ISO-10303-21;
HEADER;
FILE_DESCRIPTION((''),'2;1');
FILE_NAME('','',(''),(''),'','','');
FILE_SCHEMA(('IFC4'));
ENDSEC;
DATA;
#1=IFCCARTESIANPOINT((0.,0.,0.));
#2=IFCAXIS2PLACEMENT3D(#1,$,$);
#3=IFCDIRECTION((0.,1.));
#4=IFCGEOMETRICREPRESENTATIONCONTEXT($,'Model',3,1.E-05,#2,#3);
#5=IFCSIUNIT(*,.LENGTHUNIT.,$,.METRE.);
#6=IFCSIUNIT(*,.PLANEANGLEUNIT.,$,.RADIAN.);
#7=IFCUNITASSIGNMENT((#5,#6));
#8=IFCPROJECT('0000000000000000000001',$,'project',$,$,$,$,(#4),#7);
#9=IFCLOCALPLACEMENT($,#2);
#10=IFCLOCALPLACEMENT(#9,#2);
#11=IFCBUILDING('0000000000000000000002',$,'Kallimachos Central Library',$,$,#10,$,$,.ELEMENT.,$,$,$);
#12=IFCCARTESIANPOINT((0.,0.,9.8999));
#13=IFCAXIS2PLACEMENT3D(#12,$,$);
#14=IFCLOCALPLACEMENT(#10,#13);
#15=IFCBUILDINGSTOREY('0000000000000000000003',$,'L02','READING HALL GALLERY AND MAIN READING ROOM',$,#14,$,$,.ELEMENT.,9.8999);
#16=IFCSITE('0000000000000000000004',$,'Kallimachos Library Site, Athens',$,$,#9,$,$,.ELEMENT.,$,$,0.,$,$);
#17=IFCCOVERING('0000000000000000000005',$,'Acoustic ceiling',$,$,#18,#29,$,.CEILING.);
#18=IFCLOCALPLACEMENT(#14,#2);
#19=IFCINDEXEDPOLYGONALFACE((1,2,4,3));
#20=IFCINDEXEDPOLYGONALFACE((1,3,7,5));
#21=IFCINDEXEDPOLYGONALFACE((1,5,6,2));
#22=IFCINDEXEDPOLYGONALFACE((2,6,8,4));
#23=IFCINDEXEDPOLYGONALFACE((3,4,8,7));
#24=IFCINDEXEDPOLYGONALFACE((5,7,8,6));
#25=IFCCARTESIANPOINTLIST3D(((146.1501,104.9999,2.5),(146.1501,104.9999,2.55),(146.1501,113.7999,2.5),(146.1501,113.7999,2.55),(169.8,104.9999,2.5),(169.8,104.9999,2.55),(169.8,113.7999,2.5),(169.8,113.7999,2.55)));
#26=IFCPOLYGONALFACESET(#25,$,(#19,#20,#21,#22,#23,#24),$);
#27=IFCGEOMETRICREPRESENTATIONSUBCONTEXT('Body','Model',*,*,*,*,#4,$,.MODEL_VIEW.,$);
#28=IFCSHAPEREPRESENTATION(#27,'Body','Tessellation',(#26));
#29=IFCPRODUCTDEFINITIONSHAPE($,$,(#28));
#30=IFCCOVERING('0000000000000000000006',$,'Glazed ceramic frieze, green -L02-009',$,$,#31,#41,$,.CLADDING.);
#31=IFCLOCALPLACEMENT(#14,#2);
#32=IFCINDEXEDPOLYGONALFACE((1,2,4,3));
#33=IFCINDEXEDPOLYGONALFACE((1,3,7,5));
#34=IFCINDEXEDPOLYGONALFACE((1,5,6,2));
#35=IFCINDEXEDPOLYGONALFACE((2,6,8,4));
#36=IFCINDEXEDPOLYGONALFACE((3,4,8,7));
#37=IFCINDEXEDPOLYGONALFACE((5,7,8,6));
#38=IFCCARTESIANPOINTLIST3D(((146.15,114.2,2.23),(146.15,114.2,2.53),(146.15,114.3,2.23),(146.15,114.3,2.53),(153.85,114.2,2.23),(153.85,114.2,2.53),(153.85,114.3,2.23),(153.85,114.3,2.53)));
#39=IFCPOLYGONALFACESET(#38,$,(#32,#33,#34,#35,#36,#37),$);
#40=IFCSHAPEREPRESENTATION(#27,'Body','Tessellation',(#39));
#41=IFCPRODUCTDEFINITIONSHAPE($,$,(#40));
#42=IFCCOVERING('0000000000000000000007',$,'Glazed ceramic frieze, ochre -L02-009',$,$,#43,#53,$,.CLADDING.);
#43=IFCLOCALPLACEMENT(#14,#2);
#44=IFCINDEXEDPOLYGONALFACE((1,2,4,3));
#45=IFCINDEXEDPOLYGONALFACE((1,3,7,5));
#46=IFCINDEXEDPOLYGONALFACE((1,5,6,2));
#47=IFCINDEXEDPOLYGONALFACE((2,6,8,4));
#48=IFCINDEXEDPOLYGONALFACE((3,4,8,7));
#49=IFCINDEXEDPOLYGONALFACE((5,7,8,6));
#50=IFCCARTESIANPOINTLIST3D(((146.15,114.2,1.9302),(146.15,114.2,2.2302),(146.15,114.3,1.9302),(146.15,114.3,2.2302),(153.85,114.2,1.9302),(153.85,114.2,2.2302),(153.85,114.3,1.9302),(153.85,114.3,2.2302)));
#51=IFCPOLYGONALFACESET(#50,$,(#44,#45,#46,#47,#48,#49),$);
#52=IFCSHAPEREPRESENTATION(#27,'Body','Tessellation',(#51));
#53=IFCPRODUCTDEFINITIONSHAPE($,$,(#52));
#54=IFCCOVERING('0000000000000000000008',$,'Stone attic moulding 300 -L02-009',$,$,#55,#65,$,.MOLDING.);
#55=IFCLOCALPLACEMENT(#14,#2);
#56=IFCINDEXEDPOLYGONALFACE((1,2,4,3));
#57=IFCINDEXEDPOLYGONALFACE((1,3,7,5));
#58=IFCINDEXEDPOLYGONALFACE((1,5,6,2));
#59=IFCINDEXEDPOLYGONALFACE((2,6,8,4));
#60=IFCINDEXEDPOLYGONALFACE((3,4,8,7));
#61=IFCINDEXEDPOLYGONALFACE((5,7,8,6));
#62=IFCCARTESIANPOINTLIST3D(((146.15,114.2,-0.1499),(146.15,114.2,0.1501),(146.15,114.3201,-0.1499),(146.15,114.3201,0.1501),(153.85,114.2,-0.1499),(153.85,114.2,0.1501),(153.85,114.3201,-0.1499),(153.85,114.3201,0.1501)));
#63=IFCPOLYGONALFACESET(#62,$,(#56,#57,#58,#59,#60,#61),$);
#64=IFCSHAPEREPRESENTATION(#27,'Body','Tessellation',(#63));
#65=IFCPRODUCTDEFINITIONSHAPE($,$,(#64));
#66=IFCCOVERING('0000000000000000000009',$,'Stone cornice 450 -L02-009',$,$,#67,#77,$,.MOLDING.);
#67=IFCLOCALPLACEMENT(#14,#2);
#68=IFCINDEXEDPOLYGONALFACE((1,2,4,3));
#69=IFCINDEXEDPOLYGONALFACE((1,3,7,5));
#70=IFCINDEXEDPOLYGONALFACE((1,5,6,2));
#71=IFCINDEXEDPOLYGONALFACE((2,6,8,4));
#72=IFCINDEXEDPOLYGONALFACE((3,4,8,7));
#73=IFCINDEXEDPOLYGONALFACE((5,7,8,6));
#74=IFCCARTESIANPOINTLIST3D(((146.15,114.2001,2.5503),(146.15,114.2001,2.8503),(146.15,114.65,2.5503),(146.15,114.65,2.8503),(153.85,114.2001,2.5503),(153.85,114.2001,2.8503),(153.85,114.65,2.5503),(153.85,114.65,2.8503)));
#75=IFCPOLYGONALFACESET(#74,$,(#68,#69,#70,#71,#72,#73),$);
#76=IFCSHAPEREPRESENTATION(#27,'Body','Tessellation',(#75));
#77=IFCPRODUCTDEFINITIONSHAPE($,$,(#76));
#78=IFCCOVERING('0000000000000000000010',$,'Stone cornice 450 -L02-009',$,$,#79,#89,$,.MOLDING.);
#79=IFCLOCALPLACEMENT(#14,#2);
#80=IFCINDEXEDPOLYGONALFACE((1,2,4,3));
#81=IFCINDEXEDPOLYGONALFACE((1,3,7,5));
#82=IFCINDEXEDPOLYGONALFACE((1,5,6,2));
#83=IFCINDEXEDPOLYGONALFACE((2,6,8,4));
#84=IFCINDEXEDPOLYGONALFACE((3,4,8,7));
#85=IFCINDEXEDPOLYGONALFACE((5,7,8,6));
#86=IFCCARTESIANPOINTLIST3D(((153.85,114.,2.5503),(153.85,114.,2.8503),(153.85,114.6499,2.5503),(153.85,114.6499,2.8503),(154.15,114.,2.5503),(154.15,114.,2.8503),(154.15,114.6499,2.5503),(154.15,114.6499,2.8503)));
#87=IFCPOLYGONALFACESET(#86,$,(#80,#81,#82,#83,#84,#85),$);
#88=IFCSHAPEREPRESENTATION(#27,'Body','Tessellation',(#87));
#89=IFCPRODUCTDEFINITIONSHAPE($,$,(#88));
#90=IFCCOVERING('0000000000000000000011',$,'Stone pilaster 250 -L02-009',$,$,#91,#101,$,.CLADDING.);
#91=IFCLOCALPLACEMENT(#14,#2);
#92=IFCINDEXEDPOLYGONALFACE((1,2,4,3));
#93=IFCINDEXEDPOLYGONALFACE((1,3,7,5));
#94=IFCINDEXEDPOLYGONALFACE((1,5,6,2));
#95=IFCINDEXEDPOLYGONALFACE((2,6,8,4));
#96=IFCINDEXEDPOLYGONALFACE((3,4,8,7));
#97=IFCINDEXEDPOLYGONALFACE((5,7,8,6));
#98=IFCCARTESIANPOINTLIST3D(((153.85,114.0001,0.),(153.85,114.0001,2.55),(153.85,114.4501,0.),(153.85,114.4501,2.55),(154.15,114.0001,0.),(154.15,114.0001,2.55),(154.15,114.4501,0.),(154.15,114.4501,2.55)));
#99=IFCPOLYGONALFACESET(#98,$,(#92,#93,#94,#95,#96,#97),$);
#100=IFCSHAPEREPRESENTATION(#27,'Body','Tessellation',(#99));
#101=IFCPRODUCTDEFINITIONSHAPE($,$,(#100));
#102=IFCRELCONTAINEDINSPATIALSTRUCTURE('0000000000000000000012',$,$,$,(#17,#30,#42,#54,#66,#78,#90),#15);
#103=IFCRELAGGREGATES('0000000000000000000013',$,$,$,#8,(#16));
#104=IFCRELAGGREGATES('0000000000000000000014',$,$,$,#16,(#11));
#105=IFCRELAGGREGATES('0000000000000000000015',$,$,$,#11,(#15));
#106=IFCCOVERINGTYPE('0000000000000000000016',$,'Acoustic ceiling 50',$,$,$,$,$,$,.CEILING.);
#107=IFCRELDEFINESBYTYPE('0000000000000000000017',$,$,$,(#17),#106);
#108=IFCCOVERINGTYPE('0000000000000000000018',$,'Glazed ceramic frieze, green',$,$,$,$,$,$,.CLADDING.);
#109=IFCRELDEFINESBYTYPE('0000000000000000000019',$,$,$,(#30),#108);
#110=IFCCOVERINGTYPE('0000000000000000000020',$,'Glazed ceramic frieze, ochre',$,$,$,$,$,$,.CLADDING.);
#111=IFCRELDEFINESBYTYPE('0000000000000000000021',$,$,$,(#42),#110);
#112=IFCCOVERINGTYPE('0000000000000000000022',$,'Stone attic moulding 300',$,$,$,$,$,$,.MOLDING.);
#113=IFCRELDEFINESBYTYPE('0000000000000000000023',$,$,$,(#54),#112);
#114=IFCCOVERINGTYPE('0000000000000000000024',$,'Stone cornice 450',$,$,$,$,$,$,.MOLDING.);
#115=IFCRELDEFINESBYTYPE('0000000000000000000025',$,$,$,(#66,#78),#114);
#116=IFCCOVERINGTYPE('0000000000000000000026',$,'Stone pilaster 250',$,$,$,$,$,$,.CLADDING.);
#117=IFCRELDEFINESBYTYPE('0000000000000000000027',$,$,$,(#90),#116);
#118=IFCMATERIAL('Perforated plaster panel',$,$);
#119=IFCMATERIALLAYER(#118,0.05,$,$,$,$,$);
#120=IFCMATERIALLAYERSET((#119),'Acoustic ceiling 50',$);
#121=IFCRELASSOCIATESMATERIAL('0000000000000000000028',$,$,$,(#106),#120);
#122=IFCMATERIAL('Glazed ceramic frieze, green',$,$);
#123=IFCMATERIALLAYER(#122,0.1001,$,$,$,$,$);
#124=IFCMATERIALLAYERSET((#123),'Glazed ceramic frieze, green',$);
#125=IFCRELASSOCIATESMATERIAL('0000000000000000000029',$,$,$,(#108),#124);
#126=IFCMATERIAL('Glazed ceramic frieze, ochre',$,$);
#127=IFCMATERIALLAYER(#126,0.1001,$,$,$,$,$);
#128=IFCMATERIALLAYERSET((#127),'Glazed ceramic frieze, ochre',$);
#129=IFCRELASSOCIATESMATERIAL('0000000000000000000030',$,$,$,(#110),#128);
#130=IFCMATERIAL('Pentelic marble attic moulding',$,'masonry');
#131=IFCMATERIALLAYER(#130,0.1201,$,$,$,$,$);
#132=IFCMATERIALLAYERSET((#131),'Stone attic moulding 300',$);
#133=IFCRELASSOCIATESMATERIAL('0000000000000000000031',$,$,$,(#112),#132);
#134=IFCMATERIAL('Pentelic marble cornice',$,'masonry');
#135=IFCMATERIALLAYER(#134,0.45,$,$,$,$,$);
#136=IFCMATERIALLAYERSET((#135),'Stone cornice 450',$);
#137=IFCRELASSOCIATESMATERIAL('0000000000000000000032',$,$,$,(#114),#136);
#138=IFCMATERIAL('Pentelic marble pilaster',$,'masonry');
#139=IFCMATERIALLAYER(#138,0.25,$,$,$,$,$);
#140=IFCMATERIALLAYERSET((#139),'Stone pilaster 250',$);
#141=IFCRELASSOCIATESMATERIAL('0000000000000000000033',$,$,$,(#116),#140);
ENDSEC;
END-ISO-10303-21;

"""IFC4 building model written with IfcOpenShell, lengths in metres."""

from ifc_helpers import new_model, si_unit, direction, frame, origin, origin_2d, place, context, subcontext, project, spatial, rectangle, extrude, material, layer, layer_set, type_object, element, save


model = new_model("IFC4")

# Units and contexts
model_context = context("Model", 3, precision=1e-05, world=origin(), true_north=direction((0.0, 1.0)))
body_context = subcontext(model_context, "Body", "Model", "MODEL_VIEW")
ifc_project = project(units=[si_unit("LENGTHUNIT", "METRE"), si_unit("PLANEANGLEUNIT", "RADIAN")], contexts=[model_context])

# Site, building, storey
site_placement = place(None, origin())
site = spatial("IfcSite", under=ifc_project, at=site_placement, Name="Kallimachos Library Site, Athens", CompositionType="ELEMENT", RefElevation=0.0)
building_placement = place(site_placement, origin())
building = spatial("IfcBuilding", under=site, at=building_placement, Name="Kallimachos Central Library", CompositionType="ELEMENT")
storey_placement = place(building_placement, frame((0.0, 0.0, 9.8999)))
storey = spatial("IfcBuildingStorey", under=building, at=storey_placement, Name="L02", Description="READING HALL GALLERY AND MAIN READING ROOM", CompositionType="ELEMENT", Elevation=9.8999)

# Coverings
ifc_material_1 = material(Name="Perforated plaster panel")
ifc_layer_1 = layer(ifc_material_1, 0.05)
ifc_layer_set_1 = layer_set([ifc_layer_1], Name="Acoustic ceiling 50")
covering_type_1 = type_object("IfcCoveringType", Name="Acoustic ceiling 50", PredefinedType="CEILING", material=ifc_layer_set_1)
covering_1_placement = place(storey_placement, frame((157.9751, 109.3999, 2.5), z_axis=(0.0, 0.0, 1.0), x_axis=(1.0, 0.0, 0.0)))
element("IfcCovering", 1, at=covering_1_placement, inside=storey, type_object=covering_type_1, Name="Acoustic ceiling", PredefinedType="CEILING", context=body_context, shape_type="SweptSolid", body=[
    extrude(rectangle(XDim=23.6499, YDim=8.8, at=origin_2d()), origin(), (0.0, 0.0, 1.0), 0.05),
])
ifc_material_2 = material(Name="Glazed ceramic frieze, green")
ifc_layer_2 = layer(ifc_material_2, 0.1001)
ifc_layer_set_2 = layer_set([ifc_layer_2], Name="Glazed ceramic frieze, green")
covering_type_2 = type_object("IfcCoveringType", Name="Glazed ceramic frieze, green", PredefinedType="CLADDING", material=ifc_layer_set_2)
covering_2_placement = place(storey_placement, frame((150.0, 114.25, 2.23), z_axis=(0.0, 0.0, 1.0), x_axis=(1.0, 0.0, 0.0)))
element("IfcCovering", 2, at=covering_2_placement, inside=storey, type_object=covering_type_2, Name="Glazed ceramic frieze, green -L02-009", PredefinedType="CLADDING", context=body_context, shape_type="SweptSolid", body=[
    extrude(rectangle(XDim=7.7, YDim=0.1001, at=origin_2d()), origin(), (0.0, 0.0, 1.0), 0.3),
])
ifc_material_3 = material(Name="Glazed ceramic frieze, ochre")
ifc_layer_3 = layer(ifc_material_3, 0.1001)
ifc_layer_set_3 = layer_set([ifc_layer_3], Name="Glazed ceramic frieze, ochre")
covering_type_3 = type_object("IfcCoveringType", Name="Glazed ceramic frieze, ochre", PredefinedType="CLADDING", material=ifc_layer_set_3)
covering_3_placement = place(storey_placement, frame((150.0, 114.25, 1.9302), z_axis=(0.0, 0.0, 1.0), x_axis=(1.0, 0.0, 0.0)))
element("IfcCovering", 3, at=covering_3_placement, inside=storey, type_object=covering_type_3, Name="Glazed ceramic frieze, ochre -L02-009", PredefinedType="CLADDING", context=body_context, shape_type="SweptSolid", body=[
    extrude(rectangle(XDim=7.7, YDim=0.1001, at=origin_2d()), origin(), (0.0, 0.0, 1.0), 0.3),
])
ifc_material_4 = material(Name="Pentelic marble attic moulding", Category="masonry")
ifc_layer_4 = layer(ifc_material_4, 0.1201)
ifc_layer_set_4 = layer_set([ifc_layer_4], Name="Stone attic moulding 300")
covering_type_4 = type_object("IfcCoveringType", Name="Stone attic moulding 300", PredefinedType="MOLDING", material=ifc_layer_set_4)
covering_4_placement = place(storey_placement, frame((150.0, 114.26, -0.1499), z_axis=(0.0, 0.0, 1.0), x_axis=(1.0, 0.0, 0.0)))
element("IfcCovering", 4, at=covering_4_placement, inside=storey, type_object=covering_type_4, Name="Stone attic moulding 300 -L02-009", PredefinedType="MOLDING", context=body_context, shape_type="SweptSolid", body=[
    extrude(rectangle(XDim=7.7, YDim=0.1201, at=origin_2d()), origin(), (0.0, 0.0, 1.0), 0.3),
])
ifc_material_5 = material(Name="Pentelic marble cornice", Category="masonry")
ifc_layer_5 = layer(ifc_material_5, 0.45)
ifc_layer_set_5 = layer_set([ifc_layer_5], Name="Stone cornice 450")
covering_type_5 = type_object("IfcCoveringType", Name="Stone cornice 450", PredefinedType="MOLDING", material=ifc_layer_set_5)
covering_5_placement = place(storey_placement, frame((150.0, 114.425, 2.5503), z_axis=(0.0, 0.0, 1.0), x_axis=(1.0, 0.0, 0.0)))
element("IfcCovering", 5, at=covering_5_placement, inside=storey, type_object=covering_type_5, Name="Stone cornice 450 -L02-009", PredefinedType="MOLDING", context=body_context, shape_type="SweptSolid", body=[
    extrude(rectangle(XDim=7.7, YDim=0.45, at=origin_2d()), origin(), (0.0, 0.0, 1.0), 0.3),
])
covering_6_placement = place(storey_placement, frame((154.0, 114.325, 2.5503), z_axis=(0.0, 0.0, 1.0), x_axis=(1.0, 0.0, 0.0)))
element("IfcCovering", 6, at=covering_6_placement, inside=storey, type_object=covering_type_5, Name="Stone cornice 450 -L02-009", PredefinedType="MOLDING", context=body_context, shape_type="SweptSolid", body=[
    extrude(rectangle(XDim=0.3, YDim=0.6499, at=origin_2d()), origin(), (0.0, 0.0, 1.0), 0.3),
])
ifc_material_6 = material(Name="Pentelic marble pilaster", Category="masonry")
ifc_layer_6 = layer(ifc_material_6, 0.25)
ifc_layer_set_6 = layer_set([ifc_layer_6], Name="Stone pilaster 250")
covering_type_6 = type_object("IfcCoveringType", Name="Stone pilaster 250", PredefinedType="CLADDING", material=ifc_layer_set_6)
covering_7_placement = place(storey_placement, frame((154.0, 114.2251, 0.0), z_axis=(0.0, 0.0, 1.0), x_axis=(1.0, 0.0, 0.0)))
element("IfcCovering", 7, at=covering_7_placement, inside=storey, type_object=covering_type_6, Name="Stone pilaster 250 -L02-009", PredefinedType="CLADDING", context=body_context, shape_type="SweptSolid", body=[
    extrude(rectangle(XDim=0.3, YDim=0.45, at=origin_2d()), origin(), (0.0, 0.0, 1.0), 2.55),
])

save(model, "model.ifc")
